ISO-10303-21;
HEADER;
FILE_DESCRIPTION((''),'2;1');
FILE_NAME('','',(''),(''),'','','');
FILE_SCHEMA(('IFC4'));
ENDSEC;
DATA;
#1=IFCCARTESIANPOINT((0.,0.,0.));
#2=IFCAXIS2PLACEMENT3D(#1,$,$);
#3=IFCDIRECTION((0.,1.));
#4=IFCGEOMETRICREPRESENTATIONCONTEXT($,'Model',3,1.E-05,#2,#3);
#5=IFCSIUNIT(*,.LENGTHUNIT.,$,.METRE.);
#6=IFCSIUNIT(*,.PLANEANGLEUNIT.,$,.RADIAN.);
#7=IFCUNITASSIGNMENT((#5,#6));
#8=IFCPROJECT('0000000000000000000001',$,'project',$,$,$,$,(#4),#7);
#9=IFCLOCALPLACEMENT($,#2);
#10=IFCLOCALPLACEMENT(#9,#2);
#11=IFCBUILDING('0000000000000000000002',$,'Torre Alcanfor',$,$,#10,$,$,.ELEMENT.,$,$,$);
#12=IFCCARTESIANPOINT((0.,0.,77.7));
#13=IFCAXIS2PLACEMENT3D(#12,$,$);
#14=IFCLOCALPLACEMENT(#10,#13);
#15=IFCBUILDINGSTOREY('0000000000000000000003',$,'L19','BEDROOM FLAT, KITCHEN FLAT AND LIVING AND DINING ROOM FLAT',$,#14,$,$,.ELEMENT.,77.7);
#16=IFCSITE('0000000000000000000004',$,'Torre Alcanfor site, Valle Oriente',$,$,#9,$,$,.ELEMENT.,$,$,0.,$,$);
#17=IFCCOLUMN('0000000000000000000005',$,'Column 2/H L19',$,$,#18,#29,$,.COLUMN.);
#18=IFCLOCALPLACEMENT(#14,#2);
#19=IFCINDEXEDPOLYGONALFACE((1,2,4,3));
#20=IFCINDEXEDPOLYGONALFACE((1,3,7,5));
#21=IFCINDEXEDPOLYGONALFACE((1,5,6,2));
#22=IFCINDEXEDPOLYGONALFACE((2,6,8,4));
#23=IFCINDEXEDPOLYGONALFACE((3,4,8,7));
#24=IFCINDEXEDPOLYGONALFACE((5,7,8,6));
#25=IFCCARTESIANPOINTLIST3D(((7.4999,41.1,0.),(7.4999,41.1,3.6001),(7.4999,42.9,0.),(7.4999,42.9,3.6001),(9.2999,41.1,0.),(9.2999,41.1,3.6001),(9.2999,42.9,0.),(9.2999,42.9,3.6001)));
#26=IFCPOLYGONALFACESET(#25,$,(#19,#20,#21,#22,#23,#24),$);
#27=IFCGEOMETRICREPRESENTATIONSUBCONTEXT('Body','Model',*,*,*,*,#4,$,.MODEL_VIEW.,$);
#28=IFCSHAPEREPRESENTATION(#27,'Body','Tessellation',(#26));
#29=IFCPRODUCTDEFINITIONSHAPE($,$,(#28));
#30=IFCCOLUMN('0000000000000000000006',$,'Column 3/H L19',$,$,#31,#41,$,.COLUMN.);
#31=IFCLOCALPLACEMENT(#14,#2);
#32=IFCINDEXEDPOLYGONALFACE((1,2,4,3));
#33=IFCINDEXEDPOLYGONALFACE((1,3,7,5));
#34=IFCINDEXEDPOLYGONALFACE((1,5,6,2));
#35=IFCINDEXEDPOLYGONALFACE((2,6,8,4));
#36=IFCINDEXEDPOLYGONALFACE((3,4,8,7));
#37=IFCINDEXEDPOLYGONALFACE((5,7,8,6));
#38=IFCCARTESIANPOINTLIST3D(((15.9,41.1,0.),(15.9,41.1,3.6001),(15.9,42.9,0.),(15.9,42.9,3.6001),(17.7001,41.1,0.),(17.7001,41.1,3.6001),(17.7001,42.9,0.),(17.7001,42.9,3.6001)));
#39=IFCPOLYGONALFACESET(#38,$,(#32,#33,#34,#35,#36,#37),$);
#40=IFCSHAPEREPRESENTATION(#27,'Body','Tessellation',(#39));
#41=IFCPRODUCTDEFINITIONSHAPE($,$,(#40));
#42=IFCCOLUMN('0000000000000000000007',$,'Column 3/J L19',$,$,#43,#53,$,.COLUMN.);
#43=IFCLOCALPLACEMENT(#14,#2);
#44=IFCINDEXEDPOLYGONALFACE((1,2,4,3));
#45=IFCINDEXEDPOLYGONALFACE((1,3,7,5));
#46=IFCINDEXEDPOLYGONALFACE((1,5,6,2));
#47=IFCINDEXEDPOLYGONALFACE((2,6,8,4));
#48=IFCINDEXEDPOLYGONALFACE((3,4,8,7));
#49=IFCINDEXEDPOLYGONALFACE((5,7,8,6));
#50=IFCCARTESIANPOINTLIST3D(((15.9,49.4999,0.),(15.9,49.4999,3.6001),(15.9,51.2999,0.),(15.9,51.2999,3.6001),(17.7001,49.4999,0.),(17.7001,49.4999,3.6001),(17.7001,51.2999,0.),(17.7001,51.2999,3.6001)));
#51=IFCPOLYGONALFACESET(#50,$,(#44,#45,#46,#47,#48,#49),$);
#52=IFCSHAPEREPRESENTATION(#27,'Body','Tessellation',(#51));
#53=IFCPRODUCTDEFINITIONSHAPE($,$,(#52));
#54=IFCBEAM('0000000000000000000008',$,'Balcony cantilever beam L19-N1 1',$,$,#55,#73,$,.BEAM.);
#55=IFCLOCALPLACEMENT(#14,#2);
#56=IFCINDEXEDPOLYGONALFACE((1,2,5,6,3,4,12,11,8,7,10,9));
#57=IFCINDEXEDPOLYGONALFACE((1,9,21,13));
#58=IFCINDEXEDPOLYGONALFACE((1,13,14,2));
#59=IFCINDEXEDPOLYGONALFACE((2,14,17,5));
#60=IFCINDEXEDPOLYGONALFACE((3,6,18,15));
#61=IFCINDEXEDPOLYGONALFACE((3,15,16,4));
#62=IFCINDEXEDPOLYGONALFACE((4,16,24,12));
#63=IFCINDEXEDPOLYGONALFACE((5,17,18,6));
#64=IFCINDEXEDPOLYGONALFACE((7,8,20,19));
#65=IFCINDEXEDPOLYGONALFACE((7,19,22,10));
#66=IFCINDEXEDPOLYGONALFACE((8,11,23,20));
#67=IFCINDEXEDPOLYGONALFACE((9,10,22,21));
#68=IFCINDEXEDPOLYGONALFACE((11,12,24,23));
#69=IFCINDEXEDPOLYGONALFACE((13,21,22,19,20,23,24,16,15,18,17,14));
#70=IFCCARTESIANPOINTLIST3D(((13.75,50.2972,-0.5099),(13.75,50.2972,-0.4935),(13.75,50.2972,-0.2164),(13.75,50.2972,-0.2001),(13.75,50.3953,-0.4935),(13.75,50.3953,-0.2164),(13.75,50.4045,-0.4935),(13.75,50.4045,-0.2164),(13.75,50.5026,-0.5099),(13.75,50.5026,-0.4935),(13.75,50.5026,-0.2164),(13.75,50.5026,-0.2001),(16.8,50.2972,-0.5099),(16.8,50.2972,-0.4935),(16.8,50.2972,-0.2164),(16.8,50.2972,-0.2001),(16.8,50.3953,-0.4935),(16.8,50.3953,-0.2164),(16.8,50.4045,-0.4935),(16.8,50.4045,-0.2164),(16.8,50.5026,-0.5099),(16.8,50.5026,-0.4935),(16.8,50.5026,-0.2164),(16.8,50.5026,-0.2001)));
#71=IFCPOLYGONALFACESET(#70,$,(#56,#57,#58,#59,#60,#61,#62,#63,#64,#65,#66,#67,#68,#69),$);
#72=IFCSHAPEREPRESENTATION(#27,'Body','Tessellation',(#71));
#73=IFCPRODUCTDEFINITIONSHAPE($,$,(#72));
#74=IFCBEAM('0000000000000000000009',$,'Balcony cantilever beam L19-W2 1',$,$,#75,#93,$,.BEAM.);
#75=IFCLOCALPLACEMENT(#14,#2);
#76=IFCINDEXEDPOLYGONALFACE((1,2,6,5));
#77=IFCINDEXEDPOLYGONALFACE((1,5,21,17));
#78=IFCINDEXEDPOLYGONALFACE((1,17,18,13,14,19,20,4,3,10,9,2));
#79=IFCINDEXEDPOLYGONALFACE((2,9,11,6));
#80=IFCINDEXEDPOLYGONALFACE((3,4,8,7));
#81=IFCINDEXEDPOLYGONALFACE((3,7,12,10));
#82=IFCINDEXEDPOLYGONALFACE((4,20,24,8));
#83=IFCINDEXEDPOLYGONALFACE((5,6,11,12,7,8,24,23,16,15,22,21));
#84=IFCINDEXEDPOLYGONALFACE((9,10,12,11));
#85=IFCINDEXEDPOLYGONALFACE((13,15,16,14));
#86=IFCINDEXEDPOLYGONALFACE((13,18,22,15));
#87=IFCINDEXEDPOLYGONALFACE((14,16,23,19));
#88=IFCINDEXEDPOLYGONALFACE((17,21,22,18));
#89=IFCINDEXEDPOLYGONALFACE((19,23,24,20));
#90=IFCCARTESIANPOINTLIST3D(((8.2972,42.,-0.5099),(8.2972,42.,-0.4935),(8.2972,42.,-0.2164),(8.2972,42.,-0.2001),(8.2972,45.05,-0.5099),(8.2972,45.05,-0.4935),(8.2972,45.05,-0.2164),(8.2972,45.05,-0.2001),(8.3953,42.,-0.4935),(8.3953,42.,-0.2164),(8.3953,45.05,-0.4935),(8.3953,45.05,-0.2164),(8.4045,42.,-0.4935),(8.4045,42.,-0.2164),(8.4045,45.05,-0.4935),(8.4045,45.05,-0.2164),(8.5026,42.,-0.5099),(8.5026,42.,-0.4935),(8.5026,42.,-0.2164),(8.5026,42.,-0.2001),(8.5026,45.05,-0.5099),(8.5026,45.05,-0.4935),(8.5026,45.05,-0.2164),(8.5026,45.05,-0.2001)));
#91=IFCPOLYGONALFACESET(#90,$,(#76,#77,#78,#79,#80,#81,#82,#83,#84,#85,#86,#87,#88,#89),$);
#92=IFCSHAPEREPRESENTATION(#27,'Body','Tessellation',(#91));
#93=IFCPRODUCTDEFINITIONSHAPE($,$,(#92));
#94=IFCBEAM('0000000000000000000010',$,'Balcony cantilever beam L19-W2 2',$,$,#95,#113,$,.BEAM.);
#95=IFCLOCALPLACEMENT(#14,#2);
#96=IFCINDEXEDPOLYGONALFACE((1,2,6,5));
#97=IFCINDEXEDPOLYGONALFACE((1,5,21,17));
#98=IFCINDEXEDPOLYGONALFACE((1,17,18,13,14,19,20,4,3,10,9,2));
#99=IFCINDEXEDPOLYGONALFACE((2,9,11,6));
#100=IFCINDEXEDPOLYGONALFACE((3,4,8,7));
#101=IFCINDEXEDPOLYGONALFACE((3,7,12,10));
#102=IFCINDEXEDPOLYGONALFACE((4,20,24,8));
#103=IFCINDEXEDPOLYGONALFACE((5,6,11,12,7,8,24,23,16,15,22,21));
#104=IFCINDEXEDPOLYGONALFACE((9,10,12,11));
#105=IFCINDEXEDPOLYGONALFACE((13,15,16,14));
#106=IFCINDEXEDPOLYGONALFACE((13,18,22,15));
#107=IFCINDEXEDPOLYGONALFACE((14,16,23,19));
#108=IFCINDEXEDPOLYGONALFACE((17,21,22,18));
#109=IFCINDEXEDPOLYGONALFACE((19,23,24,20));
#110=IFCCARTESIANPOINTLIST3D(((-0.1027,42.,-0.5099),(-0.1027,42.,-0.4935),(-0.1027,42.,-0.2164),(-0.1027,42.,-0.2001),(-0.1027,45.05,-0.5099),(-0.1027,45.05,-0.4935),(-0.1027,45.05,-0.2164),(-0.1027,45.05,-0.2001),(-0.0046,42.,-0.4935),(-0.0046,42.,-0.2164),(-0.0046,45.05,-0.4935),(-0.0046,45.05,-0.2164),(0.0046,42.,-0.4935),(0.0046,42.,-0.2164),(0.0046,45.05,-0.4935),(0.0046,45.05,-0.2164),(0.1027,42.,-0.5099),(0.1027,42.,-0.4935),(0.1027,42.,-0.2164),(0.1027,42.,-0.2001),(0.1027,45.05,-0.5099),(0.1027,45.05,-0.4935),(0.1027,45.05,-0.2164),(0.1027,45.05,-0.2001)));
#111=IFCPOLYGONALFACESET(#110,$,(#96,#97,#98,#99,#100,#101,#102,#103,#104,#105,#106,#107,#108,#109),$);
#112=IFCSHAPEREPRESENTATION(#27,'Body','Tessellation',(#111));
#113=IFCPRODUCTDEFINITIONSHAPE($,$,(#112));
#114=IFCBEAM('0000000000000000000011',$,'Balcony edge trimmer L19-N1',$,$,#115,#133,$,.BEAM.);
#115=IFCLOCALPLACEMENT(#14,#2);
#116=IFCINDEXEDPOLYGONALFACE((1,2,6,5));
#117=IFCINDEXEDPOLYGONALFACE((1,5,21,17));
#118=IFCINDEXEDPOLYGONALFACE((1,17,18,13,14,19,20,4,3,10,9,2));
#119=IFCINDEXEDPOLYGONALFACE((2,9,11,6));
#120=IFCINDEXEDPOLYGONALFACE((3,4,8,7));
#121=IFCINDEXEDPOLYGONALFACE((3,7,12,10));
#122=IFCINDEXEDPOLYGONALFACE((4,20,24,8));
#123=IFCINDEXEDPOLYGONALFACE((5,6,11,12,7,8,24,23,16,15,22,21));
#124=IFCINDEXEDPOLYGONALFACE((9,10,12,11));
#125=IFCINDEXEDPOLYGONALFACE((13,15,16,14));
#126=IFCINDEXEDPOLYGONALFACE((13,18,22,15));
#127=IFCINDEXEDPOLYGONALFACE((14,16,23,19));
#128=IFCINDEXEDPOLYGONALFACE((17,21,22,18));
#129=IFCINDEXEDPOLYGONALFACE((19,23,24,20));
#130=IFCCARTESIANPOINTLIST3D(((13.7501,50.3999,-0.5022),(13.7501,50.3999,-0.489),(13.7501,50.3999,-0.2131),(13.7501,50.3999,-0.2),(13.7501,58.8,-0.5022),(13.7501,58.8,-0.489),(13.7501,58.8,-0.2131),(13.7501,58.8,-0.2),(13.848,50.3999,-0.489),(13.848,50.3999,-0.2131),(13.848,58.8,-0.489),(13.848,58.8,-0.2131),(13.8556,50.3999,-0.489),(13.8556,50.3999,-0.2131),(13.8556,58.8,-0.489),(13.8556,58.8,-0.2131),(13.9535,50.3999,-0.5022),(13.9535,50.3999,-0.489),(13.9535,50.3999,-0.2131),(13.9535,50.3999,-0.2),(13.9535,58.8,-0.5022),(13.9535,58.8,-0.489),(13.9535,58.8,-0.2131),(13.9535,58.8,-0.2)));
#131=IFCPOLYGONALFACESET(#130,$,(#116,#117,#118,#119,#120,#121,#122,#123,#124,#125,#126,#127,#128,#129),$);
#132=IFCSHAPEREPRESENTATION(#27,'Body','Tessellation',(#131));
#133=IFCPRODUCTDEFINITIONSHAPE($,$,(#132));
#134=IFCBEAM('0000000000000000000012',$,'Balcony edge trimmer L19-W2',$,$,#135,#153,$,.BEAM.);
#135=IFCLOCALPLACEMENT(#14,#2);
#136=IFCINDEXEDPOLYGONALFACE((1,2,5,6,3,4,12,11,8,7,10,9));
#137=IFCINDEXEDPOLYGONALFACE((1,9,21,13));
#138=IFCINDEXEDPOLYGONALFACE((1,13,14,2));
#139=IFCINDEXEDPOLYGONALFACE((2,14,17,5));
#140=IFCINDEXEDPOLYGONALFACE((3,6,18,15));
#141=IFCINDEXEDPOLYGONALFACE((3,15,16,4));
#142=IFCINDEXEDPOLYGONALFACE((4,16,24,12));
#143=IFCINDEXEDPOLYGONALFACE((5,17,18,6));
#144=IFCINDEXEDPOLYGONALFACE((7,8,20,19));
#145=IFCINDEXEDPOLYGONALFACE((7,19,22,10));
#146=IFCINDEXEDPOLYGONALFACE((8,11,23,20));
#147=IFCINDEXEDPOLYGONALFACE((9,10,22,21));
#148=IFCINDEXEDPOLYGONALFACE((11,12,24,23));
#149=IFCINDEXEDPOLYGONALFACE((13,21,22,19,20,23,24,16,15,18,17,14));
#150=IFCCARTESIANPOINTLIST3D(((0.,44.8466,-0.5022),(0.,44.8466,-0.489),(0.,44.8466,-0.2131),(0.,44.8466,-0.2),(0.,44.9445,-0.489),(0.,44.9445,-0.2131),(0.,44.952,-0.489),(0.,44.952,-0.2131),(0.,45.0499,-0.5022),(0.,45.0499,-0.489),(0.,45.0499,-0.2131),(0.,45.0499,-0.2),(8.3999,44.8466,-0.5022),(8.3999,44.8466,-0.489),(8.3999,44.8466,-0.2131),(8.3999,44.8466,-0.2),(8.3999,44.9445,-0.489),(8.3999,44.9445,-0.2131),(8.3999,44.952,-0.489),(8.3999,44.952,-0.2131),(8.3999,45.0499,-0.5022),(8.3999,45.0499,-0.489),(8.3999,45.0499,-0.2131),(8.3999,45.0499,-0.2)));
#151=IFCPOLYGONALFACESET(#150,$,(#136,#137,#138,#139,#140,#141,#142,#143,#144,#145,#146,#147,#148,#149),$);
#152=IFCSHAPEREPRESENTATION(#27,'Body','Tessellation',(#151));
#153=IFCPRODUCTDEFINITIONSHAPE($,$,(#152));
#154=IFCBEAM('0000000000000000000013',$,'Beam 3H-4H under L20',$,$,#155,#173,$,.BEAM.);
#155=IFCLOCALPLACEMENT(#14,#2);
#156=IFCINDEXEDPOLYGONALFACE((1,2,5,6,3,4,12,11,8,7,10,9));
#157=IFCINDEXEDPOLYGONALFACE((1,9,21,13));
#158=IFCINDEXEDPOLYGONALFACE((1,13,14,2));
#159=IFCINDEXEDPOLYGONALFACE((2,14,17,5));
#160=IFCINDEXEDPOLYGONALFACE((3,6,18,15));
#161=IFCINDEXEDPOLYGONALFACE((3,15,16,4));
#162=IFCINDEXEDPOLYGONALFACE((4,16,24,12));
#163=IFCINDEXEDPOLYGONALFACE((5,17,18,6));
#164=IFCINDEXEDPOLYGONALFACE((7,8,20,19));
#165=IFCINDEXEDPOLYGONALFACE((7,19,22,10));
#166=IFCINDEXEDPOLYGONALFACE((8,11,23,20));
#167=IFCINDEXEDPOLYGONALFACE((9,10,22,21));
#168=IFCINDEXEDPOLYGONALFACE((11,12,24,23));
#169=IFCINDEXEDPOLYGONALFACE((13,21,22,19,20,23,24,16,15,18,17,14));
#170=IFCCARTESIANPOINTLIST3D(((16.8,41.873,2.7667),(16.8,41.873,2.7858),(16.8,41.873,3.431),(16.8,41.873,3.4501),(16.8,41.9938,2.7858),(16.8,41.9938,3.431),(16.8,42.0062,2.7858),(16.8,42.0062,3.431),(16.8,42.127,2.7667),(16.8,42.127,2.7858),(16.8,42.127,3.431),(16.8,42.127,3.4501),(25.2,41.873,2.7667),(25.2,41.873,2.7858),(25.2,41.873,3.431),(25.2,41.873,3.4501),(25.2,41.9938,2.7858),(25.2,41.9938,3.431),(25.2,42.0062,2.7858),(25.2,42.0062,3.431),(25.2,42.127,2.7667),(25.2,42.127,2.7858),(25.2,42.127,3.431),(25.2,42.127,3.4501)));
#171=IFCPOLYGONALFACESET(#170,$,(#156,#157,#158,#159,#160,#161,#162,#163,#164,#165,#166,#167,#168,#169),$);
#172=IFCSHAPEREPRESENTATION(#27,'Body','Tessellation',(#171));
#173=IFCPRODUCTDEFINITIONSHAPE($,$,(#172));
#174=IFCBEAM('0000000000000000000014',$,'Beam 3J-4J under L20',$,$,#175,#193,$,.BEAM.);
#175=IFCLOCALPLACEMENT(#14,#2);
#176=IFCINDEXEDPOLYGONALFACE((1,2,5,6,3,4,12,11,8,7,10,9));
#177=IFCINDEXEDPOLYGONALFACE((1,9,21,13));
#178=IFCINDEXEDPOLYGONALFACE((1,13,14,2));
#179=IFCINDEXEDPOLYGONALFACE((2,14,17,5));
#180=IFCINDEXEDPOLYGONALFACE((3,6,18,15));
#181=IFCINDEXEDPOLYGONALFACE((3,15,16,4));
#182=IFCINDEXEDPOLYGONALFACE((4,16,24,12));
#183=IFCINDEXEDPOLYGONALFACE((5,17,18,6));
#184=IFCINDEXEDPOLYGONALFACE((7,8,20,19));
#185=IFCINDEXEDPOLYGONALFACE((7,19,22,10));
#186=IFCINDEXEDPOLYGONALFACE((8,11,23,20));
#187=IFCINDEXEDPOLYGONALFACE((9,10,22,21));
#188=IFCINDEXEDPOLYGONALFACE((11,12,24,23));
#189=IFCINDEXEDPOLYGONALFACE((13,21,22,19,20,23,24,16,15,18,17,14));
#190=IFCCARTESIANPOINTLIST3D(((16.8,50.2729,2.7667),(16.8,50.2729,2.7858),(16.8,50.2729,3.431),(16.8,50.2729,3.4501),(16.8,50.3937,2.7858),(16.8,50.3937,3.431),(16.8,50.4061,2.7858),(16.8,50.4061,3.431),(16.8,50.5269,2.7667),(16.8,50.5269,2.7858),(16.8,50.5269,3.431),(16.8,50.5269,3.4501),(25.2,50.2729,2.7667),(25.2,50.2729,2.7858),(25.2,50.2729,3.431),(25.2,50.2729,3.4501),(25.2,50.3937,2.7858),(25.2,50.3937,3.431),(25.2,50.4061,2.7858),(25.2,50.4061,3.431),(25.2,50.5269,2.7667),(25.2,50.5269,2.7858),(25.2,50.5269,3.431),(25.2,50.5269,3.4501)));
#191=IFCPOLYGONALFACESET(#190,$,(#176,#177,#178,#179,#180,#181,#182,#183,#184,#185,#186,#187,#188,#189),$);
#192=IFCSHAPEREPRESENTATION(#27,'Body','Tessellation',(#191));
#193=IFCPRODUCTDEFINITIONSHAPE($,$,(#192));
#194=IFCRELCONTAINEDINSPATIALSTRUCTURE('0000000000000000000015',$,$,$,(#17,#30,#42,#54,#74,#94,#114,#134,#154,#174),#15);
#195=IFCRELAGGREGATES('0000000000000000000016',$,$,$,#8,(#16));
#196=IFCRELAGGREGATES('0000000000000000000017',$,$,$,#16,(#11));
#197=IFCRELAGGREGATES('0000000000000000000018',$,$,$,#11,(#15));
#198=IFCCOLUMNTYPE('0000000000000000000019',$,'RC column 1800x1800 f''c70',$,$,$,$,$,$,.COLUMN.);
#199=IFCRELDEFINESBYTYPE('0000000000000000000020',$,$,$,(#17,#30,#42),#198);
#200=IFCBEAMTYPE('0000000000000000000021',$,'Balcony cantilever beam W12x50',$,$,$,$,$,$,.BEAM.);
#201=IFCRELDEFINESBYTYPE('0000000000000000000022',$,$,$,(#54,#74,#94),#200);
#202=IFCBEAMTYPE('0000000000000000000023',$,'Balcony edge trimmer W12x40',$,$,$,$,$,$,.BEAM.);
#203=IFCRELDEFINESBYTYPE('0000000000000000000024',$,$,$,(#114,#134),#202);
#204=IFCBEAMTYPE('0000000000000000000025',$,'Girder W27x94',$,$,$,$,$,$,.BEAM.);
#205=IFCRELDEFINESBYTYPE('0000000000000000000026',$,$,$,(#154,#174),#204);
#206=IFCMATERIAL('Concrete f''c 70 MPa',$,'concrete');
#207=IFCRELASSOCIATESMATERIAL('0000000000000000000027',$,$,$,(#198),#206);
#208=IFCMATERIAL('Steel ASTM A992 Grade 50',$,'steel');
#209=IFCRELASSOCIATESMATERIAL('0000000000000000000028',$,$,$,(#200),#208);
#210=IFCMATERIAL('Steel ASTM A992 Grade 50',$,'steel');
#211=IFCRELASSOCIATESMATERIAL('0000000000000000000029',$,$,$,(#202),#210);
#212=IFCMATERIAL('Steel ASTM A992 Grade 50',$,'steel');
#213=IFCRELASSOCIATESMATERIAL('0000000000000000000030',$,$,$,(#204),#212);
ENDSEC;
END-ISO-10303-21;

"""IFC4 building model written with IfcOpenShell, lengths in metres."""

from ifc_helpers import new_model, si_unit, direction, frame, origin, origin_2d, place, context, subcontext, project, spatial, rectangle, i_section, extrude, material, material_profile, profile_set, type_object, element, save


model = new_model("IFC4")

# Units and contexts
model_context = context("Model", 3, precision=1e-05, world=origin(), true_north=direction((0.0, 1.0)))
body_context = subcontext(model_context, "Body", "Model", "MODEL_VIEW")
ifc_project = project(units=[si_unit("LENGTHUNIT", "METRE"), si_unit("PLANEANGLEUNIT", "RADIAN")], contexts=[model_context])

# Site, building, storey
site_placement = place(None, origin())
site = spatial("IfcSite", under=ifc_project, at=site_placement, Name="Torre Alcanfor site, Valle Oriente", CompositionType="ELEMENT", RefElevation=0.0)
building_placement = place(site_placement, origin())
building = spatial("IfcBuilding", under=site, at=building_placement, Name="Torre Alcanfor", CompositionType="ELEMENT")
storey_placement = place(building_placement, frame((0.0, 0.0, 77.7)))
storey = spatial("IfcBuildingStorey", under=building, at=storey_placement, Name="L19", Description="BEDROOM FLAT, KITCHEN FLAT AND LIVING AND DINING ROOM FLAT", CompositionType="ELEMENT", Elevation=77.7)

# Columns
ifc_material_1 = material(Name="Concrete f'c 70 MPa", Category="concrete")
ifc_material_profile_1 = material_profile(ifc_material_1, rectangle(XDim=1.8, YDim=1.8, at=origin_2d()), Name="1800x1800")
ifc_profile_set_1 = profile_set([ifc_material_profile_1], Name="Concrete f'c 70 MPa")
column_type = type_object("IfcColumnType", Name="RC column 1800x1800 f'c70", PredefinedType="COLUMN", material=ifc_profile_set_1)
for number, where, z_axis, x_axis, name in (
    (1, (8.3999, 42.0, 0.0), (0.0, 0.0, 1.0), (1.0, 0.0, 0.0), "Column 2/H L19"),
    (2, (16.8, 42.0, 0.0), (0.0, 0.0, 1.0), (1.0, 0.0, 0.0), "Column 3/H L19"),
    (3, (16.8, 50.3999, 0.0), (0.0, 0.0, 1.0), (1.0, 0.0, 0.0), "Column 3/J L19"),
):
    element("IfcColumn", number, at=place(storey_placement, frame(where, z_axis=z_axis, x_axis=x_axis)), inside=storey, type_object=column_type, Name=name, PredefinedType="COLUMN", context=body_context, shape_type="SweptSolid", body=[
        extrude(rectangle(XDim=1.8, YDim=1.8, at=origin_2d()), origin(), (0.0, 0.0, 1.0), 3.6001),
    ])

# Beams
ifc_material_2 = material(Name="Steel ASTM A992 Grade 50", Category="steel")
ifc_material_profile_2 = material_profile(ifc_material_2, i_section(OverallWidth=0.2053, OverallDepth=0.3098, WebThickness=0.0093, FlangeThickness=0.0164, at=origin_2d()), Name="W12x50")
ifc_profile_set_2 = profile_set([ifc_material_profile_2], Name="Steel ASTM A992 Grade 50")
beam_type_1 = type_object("IfcBeamType", Name="Balcony cantilever beam W12x50", PredefinedType="BEAM", material=ifc_profile_set_2)
for number, where, z_axis, x_axis, name in (
    (4, (16.8, 50.3999, -0.355), (-1.0, 0.0, 0.0), (0.0, -1.0, 0.0), "Balcony cantilever beam L19-N1 1"),
    (5, (8.3999, 42.0, -0.355), (0.0, 1.0, 0.0), (-1.0, 0.0, 0.0), "Balcony cantilever beam L19-W2 1"),
    (6, (0.0, 42.0, -0.355), (0.0, 1.0, 0.0), (-1.0, 0.0, 0.0), "Balcony cantilever beam L19-W2 2"),
):
    element("IfcBeam", number, at=place(storey_placement, frame(where, z_axis=z_axis, x_axis=x_axis)), inside=storey, type_object=beam_type_1, Name=name, PredefinedType="BEAM", context=body_context, shape_type="SweptSolid", body=[
        extrude(i_section(OverallWidth=0.2053, OverallDepth=0.3098, WebThickness=0.0093, FlangeThickness=0.0164, at=origin_2d()), origin(), (0.0, 0.0, 1.0), 3.05),
    ])
ifc_material_3 = material(Name="Steel ASTM A992 Grade 50", Category="steel")
ifc_material_profile_3 = material_profile(ifc_material_3, i_section(OverallWidth=0.2034, OverallDepth=0.3022, WebThickness=0.0076, FlangeThickness=0.0132, at=origin_2d()), Name="W12x40")
ifc_profile_set_3 = profile_set([ifc_material_profile_3], Name="Steel ASTM A992 Grade 50")
beam_type_2 = type_object("IfcBeamType", Name="Balcony edge trimmer W12x40", PredefinedType="BEAM", material=ifc_profile_set_3)
beam_1_placement = place(storey_placement, frame((13.8518, 50.3999, -0.3511), z_axis=(0.0, 1.0, 0.0), x_axis=(-1.0, 0.0, 0.0)))
element("IfcBeam", 7, at=beam_1_placement, inside=storey, type_object=beam_type_2, Name="Balcony edge trimmer L19-N1", PredefinedType="BEAM", context=body_context, shape_type="SweptSolid", body=[
    extrude(i_section(OverallWidth=0.2034, OverallDepth=0.3022, WebThickness=0.0076, FlangeThickness=0.0132, at=origin_2d()), origin(), (0.0, 0.0, 1.0), 8.4001),
])
beam_2_placement = place(storey_placement, frame((8.3999, 44.9482, -0.3511), z_axis=(-1.0, 0.0, 0.0), x_axis=(0.0, -1.0, 0.0)))
element("IfcBeam", 8, at=beam_2_placement, inside=storey, type_object=beam_type_2, Name="Balcony edge trimmer L19-W2", PredefinedType="BEAM", context=body_context, shape_type="SweptSolid", body=[
    extrude(i_section(OverallWidth=0.2034, OverallDepth=0.3022, WebThickness=0.0076, FlangeThickness=0.0132, at=origin_2d()), origin(), (0.0, 0.0, 1.0), 8.3999),
])
ifc_material_4 = material(Name="Steel ASTM A992 Grade 50", Category="steel")
ifc_material_profile_4 = material_profile(ifc_material_4, i_section(OverallWidth=0.2539, OverallDepth=0.6833, WebThickness=0.0125, FlangeThickness=0.019, at=origin_2d()), Name="W27x94")
ifc_profile_set_4 = profile_set([ifc_material_profile_4], Name="Steel ASTM A992 Grade 50")
beam_type_3 = type_object("IfcBeamType", Name="Girder W27x94", PredefinedType="BEAM", material=ifc_profile_set_4)
for number, where, z_axis, x_axis, name in (
    (9, (16.8, 42.0, 3.1084), (1.0, 0.0, 0.0), (0.0, 1.0, 0.0), "Beam 3H-4H under L20"),
    (10, (16.8, 50.3999, 3.1084), (1.0, 0.0, 0.0), (0.0, 1.0, 0.0), "Beam 3J-4J under L20"),
):
    element("IfcBeam", number, at=place(storey_placement, frame(where, z_axis=z_axis, x_axis=x_axis)), inside=storey, type_object=beam_type_3, Name=name, PredefinedType="BEAM", context=body_context, shape_type="SweptSolid", body=[
        extrude(i_section(OverallWidth=0.2539, OverallDepth=0.6833, WebThickness=0.0125, FlangeThickness=0.019, at=origin_2d()), origin(), (0.0, 0.0, 1.0), 8.3999),
    ])

save(model, "model.ifc")
